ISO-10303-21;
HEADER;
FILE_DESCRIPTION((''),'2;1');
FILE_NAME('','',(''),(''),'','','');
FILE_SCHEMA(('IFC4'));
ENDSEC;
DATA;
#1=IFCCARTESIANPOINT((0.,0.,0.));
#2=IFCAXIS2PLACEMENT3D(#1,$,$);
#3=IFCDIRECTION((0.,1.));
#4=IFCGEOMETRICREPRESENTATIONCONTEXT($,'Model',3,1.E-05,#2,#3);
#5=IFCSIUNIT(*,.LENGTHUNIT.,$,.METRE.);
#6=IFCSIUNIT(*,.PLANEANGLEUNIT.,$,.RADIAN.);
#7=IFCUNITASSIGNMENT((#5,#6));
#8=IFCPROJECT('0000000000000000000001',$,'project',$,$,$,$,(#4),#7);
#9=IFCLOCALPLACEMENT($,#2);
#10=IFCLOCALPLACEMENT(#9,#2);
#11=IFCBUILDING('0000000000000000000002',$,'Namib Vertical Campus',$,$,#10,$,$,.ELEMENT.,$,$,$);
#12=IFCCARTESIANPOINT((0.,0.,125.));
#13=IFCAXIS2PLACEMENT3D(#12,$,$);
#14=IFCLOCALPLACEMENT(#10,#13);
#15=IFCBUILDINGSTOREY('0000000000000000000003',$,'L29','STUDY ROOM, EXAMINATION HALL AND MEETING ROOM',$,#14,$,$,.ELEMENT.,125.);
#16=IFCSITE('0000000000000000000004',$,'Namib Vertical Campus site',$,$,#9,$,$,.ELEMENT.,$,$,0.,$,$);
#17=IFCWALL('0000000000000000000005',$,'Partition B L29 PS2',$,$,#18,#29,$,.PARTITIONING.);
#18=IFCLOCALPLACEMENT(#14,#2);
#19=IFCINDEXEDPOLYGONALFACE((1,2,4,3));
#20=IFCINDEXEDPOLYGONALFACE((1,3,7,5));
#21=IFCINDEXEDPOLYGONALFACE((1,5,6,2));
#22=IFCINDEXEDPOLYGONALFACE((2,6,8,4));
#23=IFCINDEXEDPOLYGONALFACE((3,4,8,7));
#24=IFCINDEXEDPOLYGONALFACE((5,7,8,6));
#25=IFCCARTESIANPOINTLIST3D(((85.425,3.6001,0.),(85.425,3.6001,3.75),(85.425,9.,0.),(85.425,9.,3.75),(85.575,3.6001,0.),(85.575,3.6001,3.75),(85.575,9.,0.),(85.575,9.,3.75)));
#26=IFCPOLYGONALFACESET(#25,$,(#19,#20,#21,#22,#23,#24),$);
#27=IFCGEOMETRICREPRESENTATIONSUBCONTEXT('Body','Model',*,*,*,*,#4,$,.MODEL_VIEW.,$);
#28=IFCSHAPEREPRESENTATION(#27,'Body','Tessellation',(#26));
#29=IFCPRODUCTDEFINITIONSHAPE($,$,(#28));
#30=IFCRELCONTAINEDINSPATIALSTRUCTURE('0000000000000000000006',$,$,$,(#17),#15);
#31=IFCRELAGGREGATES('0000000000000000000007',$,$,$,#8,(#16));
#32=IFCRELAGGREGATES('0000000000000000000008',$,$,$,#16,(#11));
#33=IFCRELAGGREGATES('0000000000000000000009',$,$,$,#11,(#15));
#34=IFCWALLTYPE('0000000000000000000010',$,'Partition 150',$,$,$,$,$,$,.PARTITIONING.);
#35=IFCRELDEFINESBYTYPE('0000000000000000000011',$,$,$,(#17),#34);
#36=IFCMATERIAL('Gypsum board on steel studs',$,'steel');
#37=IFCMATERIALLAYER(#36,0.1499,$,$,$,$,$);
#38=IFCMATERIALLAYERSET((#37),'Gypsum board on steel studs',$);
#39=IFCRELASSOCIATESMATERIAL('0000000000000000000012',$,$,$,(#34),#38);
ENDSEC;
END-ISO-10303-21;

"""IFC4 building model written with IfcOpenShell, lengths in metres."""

from ifc_helpers import new_model, si_unit, direction, frame, frame_2d, origin, place, context, subcontext, project, spatial, rectangle, extrude, material, layer, layer_set, type_object, element, save


model = new_model("IFC4")

# Units and contexts
model_context = context("Model", 3, precision=1e-05, world=origin(), true_north=direction((0.0, 1.0)))
body_context = subcontext(model_context, "Body", "Model", "MODEL_VIEW")
ifc_project = project(units=[si_unit("LENGTHUNIT", "METRE"), si_unit("PLANEANGLEUNIT", "RADIAN")], contexts=[model_context])

# Site, building, storey
site_placement = place(None, origin())
site = spatial("IfcSite", under=ifc_project, at=site_placement, Name="Namib Vertical Campus site", CompositionType="ELEMENT", RefElevation=0.0)
building_placement = place(site_placement, origin())
building = spatial("IfcBuilding", under=site, at=building_placement, Name="Namib Vertical Campus", CompositionType="ELEMENT")
storey_placement = place(building_placement, frame((0.0, 0.0, 125.0)))
storey = spatial("IfcBuildingStorey", under=building, at=storey_placement, Name="L29", Description="STUDY ROOM, EXAMINATION HALL AND MEETING ROOM", CompositionType="ELEMENT", Elevation=125.0)

# Wall
ifc_material_1 = material(Name="Gypsum board on steel studs", Category="steel")
ifc_layer_1 = layer(ifc_material_1, 0.1499)
ifc_layer_set_1 = layer_set([ifc_layer_1], Name="Gypsum board on steel studs")
wall_type_1 = type_object("IfcWallType", Name="Partition 150", PredefinedType="PARTITIONING", material=ifc_layer_set_1)
wall_1_placement = place(storey_placement, frame((85.5, 3.6001, 0.0), z_axis=(0.0, 0.0, 1.0), x_axis=(0.0, 1.0, 0.0)))
element("IfcWall", 1, at=wall_1_placement, inside=storey, type_object=wall_type_1, Name="Partition B L29 PS2", PredefinedType="PARTITIONING", context=body_context, shape_type="SweptSolid", body=[
    extrude(rectangle(XDim=5.3999, YDim=0.1499, at=frame_2d((2.7, 0.0))), origin(), (0.0, 0.0, 1.0), 3.75),
])

save(model, "model.ifc")
